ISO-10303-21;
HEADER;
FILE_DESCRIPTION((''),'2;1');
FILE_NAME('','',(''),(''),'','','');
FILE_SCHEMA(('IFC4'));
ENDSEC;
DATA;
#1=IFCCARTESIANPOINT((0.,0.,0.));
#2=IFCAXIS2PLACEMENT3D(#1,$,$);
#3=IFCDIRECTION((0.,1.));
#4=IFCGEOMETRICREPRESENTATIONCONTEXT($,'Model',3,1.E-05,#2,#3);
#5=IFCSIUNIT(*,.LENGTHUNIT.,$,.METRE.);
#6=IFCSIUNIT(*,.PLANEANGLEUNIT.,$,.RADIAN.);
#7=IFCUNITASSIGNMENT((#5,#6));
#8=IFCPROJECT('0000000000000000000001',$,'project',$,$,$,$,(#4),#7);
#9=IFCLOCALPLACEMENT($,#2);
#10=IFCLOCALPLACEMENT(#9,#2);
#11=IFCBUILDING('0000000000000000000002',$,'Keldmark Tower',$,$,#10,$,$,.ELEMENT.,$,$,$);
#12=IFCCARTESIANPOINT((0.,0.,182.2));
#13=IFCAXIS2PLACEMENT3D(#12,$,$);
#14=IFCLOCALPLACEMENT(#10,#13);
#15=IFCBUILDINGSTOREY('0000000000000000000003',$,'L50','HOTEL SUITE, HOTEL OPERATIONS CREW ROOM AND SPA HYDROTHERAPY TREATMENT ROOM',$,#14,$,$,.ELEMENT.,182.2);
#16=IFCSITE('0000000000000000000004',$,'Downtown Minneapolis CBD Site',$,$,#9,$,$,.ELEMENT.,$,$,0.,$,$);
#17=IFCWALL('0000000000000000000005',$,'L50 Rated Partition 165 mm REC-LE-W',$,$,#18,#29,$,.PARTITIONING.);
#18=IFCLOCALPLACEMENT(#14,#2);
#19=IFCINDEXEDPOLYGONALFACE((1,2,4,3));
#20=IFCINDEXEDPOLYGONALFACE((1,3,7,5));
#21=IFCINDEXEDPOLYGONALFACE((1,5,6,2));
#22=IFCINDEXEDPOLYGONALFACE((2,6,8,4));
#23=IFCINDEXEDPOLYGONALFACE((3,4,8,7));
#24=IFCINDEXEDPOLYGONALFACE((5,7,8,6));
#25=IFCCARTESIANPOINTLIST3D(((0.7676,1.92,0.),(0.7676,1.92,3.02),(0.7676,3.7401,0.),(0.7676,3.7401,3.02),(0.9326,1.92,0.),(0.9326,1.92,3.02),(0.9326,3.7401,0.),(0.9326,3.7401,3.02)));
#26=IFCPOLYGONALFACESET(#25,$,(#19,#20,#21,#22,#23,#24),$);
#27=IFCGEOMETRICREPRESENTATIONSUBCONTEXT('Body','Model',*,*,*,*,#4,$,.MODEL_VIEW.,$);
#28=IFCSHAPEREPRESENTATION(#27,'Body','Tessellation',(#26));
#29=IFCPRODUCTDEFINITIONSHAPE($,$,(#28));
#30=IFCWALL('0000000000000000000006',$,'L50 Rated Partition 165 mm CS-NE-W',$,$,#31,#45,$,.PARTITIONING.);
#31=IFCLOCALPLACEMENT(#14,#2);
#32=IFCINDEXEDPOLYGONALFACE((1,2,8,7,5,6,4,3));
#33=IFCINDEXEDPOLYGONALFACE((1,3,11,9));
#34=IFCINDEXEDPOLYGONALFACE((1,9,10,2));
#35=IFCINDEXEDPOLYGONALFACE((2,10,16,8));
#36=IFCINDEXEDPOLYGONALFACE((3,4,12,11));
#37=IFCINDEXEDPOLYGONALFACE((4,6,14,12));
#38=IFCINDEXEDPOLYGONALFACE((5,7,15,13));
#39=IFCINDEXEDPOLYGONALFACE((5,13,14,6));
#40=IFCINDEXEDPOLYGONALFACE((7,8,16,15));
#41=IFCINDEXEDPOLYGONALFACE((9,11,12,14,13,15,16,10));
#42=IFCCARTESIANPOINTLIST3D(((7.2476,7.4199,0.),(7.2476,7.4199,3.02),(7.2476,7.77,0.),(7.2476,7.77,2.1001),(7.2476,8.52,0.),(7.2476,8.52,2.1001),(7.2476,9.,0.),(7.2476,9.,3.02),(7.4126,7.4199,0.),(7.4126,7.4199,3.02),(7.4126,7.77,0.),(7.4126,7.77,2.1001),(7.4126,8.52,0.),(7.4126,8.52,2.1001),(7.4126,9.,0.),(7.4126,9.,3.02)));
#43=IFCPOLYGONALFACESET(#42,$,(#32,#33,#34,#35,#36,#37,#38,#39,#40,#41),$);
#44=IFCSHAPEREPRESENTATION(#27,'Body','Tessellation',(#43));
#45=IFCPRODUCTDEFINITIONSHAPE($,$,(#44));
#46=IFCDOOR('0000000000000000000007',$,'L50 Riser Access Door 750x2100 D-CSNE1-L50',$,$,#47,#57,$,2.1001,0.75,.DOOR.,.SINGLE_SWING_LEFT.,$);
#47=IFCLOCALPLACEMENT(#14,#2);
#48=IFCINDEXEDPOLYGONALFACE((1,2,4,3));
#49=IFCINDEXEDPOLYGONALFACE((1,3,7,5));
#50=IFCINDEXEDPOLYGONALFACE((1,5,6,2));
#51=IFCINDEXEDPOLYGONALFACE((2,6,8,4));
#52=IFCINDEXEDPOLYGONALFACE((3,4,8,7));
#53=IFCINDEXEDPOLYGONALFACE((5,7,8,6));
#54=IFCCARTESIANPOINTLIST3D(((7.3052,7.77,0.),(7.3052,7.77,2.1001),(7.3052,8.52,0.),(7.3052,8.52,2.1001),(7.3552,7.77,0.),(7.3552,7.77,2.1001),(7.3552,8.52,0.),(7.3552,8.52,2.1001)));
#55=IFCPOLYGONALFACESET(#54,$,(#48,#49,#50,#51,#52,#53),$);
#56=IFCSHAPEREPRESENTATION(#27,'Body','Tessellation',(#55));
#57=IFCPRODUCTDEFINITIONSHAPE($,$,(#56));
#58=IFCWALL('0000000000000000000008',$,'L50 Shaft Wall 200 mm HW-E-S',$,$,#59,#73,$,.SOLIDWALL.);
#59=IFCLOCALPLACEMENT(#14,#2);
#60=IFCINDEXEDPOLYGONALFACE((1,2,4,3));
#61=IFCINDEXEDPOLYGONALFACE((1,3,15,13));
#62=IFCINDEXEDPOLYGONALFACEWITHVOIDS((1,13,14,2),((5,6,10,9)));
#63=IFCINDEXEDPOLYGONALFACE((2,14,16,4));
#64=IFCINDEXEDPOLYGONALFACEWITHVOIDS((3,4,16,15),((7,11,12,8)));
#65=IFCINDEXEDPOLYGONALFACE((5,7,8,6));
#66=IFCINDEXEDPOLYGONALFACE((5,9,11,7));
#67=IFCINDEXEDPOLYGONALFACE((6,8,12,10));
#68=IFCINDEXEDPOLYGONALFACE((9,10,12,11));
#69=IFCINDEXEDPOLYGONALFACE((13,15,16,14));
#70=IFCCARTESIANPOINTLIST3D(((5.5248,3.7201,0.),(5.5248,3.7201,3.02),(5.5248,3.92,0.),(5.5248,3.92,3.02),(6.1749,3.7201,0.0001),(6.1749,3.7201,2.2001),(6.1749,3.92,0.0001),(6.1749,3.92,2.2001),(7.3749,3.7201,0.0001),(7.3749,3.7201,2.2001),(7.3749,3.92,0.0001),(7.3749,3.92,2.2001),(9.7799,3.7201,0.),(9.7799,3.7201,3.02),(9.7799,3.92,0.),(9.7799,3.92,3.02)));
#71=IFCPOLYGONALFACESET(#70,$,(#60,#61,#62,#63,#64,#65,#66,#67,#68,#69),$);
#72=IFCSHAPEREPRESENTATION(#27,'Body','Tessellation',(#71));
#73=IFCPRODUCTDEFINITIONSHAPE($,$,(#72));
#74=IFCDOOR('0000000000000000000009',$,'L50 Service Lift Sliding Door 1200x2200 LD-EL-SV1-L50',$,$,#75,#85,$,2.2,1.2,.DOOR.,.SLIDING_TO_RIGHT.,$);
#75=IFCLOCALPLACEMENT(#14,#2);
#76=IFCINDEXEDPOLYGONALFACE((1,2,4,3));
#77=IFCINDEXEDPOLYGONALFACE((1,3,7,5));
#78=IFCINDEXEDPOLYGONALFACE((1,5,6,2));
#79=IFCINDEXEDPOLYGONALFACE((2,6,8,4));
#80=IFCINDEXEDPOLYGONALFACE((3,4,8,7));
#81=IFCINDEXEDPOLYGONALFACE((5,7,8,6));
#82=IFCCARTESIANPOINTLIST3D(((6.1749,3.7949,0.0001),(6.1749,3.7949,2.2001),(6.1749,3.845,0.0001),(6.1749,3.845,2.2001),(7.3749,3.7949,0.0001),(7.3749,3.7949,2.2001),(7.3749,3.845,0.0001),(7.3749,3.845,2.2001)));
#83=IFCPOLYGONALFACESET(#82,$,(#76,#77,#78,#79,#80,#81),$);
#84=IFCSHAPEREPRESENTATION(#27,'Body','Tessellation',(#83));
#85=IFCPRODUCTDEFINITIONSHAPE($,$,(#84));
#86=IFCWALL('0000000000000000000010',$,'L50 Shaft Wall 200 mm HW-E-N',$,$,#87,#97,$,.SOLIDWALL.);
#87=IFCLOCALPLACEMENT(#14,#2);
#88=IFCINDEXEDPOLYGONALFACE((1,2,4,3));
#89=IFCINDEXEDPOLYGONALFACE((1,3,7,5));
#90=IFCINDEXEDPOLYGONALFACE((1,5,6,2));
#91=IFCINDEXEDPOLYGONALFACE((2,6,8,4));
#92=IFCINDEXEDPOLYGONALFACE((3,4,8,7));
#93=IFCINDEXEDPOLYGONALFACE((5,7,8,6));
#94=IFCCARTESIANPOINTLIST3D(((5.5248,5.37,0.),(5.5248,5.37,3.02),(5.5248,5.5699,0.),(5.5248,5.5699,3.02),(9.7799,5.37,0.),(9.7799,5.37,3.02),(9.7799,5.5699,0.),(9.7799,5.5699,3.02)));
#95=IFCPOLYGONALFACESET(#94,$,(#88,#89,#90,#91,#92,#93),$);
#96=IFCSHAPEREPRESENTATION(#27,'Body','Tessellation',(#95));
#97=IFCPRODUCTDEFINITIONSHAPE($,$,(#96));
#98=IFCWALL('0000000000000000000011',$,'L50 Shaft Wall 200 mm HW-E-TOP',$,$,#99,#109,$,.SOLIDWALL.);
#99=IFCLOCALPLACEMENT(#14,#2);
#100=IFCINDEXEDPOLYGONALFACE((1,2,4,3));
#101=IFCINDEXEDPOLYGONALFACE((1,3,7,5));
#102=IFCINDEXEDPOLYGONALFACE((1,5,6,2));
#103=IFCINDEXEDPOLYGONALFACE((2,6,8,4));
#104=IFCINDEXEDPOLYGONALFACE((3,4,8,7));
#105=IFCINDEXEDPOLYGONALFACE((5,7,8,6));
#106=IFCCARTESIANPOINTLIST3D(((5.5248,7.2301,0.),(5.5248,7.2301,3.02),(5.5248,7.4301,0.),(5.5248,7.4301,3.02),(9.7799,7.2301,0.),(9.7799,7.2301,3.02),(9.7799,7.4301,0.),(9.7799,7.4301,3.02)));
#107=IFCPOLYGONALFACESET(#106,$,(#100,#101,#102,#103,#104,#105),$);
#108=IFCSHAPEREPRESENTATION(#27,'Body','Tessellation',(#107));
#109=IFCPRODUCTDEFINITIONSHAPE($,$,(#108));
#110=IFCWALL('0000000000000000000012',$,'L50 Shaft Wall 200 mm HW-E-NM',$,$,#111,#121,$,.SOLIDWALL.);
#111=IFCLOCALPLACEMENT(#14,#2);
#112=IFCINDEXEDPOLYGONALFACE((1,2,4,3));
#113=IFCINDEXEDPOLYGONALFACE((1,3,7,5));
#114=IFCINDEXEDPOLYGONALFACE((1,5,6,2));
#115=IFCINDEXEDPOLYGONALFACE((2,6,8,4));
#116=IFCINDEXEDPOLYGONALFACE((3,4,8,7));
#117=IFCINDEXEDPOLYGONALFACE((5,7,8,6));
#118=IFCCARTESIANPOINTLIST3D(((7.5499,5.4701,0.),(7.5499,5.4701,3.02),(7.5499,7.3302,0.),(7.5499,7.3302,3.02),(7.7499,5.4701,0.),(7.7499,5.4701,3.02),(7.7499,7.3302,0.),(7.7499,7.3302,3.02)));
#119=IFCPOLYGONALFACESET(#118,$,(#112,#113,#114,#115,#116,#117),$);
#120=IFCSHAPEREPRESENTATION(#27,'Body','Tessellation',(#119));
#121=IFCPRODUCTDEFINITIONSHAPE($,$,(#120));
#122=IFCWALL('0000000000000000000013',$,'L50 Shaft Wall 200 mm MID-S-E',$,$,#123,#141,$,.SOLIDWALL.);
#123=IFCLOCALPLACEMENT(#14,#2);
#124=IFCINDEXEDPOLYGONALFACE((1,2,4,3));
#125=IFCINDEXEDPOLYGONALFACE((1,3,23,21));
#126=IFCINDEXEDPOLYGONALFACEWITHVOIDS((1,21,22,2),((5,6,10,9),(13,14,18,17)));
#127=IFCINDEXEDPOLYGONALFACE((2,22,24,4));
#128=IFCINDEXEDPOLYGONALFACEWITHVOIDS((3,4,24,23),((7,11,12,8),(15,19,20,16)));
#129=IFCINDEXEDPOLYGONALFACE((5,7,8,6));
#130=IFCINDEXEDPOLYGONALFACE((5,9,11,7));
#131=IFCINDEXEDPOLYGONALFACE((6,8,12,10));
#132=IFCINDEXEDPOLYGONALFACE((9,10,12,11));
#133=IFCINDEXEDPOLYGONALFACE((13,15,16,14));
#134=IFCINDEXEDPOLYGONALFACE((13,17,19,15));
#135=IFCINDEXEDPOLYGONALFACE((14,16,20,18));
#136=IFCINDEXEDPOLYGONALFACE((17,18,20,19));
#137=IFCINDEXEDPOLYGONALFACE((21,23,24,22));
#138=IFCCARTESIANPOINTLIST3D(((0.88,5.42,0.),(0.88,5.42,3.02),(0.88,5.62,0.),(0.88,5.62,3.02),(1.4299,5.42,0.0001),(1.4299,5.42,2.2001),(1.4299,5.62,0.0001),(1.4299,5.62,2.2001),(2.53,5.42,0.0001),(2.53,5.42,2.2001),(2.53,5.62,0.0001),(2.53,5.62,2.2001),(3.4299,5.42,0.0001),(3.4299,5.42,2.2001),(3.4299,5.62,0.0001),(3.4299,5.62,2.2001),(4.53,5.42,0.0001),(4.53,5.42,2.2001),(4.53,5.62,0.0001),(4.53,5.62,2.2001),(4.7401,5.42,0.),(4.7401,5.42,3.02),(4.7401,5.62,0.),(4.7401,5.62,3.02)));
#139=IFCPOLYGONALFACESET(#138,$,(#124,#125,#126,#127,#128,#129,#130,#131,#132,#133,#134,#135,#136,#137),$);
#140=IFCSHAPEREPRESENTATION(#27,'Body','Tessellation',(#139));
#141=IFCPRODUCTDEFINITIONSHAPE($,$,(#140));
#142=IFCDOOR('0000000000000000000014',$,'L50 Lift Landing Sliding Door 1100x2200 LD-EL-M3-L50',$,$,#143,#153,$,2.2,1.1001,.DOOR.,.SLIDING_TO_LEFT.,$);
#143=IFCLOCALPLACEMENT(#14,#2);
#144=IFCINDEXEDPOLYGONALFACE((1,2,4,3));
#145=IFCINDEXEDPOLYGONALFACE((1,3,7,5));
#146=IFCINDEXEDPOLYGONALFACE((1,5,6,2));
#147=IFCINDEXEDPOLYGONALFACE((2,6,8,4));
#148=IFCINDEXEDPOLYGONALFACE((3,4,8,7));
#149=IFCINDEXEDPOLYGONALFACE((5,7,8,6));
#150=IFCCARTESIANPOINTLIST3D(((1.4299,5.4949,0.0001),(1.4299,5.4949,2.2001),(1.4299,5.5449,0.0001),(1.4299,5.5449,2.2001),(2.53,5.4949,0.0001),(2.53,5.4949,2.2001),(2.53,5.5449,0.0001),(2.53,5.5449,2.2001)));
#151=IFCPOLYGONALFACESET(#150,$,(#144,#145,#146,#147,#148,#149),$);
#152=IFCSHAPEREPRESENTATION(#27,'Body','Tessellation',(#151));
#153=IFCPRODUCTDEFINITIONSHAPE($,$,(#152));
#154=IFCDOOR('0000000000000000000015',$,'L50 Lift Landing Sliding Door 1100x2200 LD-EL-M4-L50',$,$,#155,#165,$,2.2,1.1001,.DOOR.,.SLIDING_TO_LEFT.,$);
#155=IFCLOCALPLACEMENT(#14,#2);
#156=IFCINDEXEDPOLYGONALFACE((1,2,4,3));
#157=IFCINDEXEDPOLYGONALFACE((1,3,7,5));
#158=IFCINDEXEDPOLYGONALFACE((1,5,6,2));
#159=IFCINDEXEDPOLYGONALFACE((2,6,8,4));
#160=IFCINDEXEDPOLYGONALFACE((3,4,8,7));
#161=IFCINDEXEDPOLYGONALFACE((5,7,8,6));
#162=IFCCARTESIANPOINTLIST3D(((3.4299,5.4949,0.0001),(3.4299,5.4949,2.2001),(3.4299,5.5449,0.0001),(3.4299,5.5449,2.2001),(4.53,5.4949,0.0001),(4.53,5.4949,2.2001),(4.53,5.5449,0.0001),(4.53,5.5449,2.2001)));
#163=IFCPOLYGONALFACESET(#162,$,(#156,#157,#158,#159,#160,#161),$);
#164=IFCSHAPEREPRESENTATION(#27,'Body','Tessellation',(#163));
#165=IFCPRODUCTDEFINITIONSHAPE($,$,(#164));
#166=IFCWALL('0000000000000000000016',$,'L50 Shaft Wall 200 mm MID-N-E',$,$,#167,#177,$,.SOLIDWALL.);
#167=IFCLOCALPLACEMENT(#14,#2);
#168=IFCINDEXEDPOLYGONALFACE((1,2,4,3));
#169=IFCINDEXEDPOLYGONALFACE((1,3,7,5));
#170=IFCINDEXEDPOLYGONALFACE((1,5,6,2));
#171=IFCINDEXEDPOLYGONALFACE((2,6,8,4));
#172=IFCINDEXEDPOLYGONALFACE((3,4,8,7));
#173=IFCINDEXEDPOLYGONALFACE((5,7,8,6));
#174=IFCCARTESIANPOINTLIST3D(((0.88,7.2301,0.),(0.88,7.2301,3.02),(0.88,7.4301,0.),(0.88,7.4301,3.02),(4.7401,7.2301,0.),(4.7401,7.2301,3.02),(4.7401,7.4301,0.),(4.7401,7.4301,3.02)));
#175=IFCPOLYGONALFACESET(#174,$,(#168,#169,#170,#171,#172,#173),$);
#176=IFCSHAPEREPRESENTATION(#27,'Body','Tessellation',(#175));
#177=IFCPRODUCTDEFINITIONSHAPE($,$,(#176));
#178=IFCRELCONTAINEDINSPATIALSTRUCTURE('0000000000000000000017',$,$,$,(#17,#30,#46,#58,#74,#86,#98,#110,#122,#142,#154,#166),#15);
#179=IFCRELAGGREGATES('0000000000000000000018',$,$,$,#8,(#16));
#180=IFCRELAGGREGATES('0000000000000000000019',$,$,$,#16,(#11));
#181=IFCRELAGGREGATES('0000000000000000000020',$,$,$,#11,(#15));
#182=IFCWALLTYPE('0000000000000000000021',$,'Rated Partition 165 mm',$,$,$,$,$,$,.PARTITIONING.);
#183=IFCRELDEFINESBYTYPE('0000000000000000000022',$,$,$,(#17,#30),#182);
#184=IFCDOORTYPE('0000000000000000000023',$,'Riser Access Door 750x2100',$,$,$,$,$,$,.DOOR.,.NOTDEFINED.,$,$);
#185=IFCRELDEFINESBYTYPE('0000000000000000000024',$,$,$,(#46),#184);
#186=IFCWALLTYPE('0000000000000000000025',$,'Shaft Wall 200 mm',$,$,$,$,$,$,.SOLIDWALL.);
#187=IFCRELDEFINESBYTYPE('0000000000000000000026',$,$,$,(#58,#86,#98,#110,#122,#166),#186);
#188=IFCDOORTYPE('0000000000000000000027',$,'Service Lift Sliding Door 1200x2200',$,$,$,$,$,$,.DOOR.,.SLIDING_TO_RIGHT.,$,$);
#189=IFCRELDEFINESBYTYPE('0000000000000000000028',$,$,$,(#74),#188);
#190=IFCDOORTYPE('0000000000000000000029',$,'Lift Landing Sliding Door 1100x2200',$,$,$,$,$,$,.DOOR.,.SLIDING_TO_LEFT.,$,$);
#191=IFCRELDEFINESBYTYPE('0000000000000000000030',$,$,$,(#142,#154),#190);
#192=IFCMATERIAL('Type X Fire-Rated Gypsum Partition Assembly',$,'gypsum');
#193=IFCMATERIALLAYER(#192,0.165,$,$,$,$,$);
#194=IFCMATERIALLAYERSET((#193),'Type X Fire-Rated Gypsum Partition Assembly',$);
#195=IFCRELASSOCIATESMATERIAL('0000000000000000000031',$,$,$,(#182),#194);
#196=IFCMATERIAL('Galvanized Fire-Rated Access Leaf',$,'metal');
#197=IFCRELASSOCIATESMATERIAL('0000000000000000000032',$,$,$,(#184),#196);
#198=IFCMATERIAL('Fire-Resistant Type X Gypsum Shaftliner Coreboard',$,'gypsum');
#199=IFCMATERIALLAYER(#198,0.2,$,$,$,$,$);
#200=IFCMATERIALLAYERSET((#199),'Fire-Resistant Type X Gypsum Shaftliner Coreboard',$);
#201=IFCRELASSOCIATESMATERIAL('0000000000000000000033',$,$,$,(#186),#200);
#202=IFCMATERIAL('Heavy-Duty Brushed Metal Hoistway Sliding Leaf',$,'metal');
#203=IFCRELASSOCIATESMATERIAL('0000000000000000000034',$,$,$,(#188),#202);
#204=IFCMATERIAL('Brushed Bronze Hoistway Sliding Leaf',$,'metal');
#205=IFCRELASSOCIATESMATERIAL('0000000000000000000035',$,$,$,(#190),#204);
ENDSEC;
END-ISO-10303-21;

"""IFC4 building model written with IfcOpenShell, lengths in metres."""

from ifc_helpers import new_model, si_unit, direction, frame, frame_2d, origin, place, context, subcontext, project, spatial, rectangle, extrude, material, layer, layer_set, type_object, element, fill, save


model = new_model("IFC4")

# Units and contexts
model_context = context("Model", 3, precision=1e-05, world=origin(), true_north=direction((0.0, 1.0)))
body_context = subcontext(model_context, "Body", "Model", "MODEL_VIEW")
ifc_project = project(units=[si_unit("LENGTHUNIT", "METRE"), si_unit("PLANEANGLEUNIT", "RADIAN")], contexts=[model_context])

# Site, building, storey
site_placement = place(None, origin())
site = spatial("IfcSite", under=ifc_project, at=site_placement, Name="Downtown Minneapolis CBD Site", CompositionType="ELEMENT", RefElevation=0.0)
building_placement = place(site_placement, origin())
building = spatial("IfcBuilding", under=site, at=building_placement, Name="Keldmark Tower", CompositionType="ELEMENT")
storey_placement = place(building_placement, frame((0.0, 0.0, 182.2)))
storey = spatial("IfcBuildingStorey", under=building, at=storey_placement, Name="L50", Description="HOTEL SUITE, HOTEL OPERATIONS CREW ROOM AND SPA HYDROTHERAPY TREATMENT ROOM", CompositionType="ELEMENT", Elevation=182.2)

# Shared definitions
ifc_material_1 = material(Name="Type X Fire-Rated Gypsum Partition Assembly", Category="gypsum")
ifc_layer_1 = layer(ifc_material_1, 0.165)
ifc_layer_set_1 = layer_set([ifc_layer_1], Name="Type X Fire-Rated Gypsum Partition Assembly")
wall_type_1 = type_object("IfcWallType", Name="Rated Partition 165 mm", PredefinedType="PARTITIONING", material=ifc_layer_set_1)

# Wall
wall_1_placement = place(storey_placement, frame((0.8501, 1.9199, 0.0), z_axis=(0.0, 0.0, 1.0), x_axis=(0.0, 1.0, 0.0)))
element("IfcWall", 1, at=wall_1_placement, inside=storey, type_object=wall_type_1, Name="L50 Rated Partition 165 mm REC-LE-W", PredefinedType="PARTITIONING", context=body_context, shape_type="SweptSolid", body=[
    extrude(rectangle(XDim=1.8201, YDim=0.165, at=frame_2d((0.9102, 0.0))), origin(), (0.0, 0.0, 1.0), 3.02),
])

# Walls, openings, doors
wall_2_placement = place(storey_placement, frame((7.3301, 7.4199, 0.0), z_axis=(0.0, 0.0, 1.0), x_axis=(0.0, 1.0, 0.0)))
wall_2 = element("IfcWall", 2, at=wall_2_placement, inside=storey, type_object=wall_type_1, Name="L50 Rated Partition 165 mm CS-NE-W", PredefinedType="PARTITIONING", context=body_context, shape_type="SweptSolid", body=[
    extrude(rectangle(XDim=1.5801, YDim=0.165, at=frame_2d((0.79, 0.0))), origin(), (0.0, 0.0, 1.0), 3.02),
])
opening_1_placement = place(wall_2_placement, frame((0.3501, 0.0, 0.0)))
opening_1 = element("IfcOpeningElement", 3, at=opening_1_placement, cuts=wall_2, PredefinedType="OPENING", context=body_context, shape_type="SweptSolid", body=[
    extrude(rectangle(XDim=0.75, YDim=2.1001, at=frame_2d((0.375, 1.05))), frame((0.0, 0.0925, 0.0), z_axis=(0.0, -1.0, 0.0), x_axis=(1.0, 0.0, 0.0)), (0.0, 0.0, 1.0), 0.1851),
])
ifc_material_2 = material(Name="Galvanized Fire-Rated Access Leaf", Category="metal")
door_type_1 = type_object("IfcDoorType", Name="Riser Access Door 750x2100", OperationType="NOTDEFINED", PredefinedType="DOOR", material=ifc_material_2)
door_1_placement = place(opening_1_placement, origin())
door_1 = element("IfcDoor", 4, at=door_1_placement, inside=storey, type_object=door_type_1, Name="L50 Riser Access Door 750x2100 D-CSNE1-L50", OperationType="SINGLE_SWING_LEFT", OverallHeight=2.1001, OverallWidth=0.75, PredefinedType="DOOR", context=body_context, shape_type="SweptSolid", body=[
    extrude(rectangle(XDim=0.75, YDim=2.1001, at=frame_2d((0.375, 1.05))), frame((0.0, 0.0249, 0.0), z_axis=(0.0, -1.0, 0.0), x_axis=(1.0, 0.0, 0.0)), (0.0, 0.0, 1.0), 0.05),
])
fill(opening_1, door_1)
ifc_material_3 = material(Name="Fire-Resistant Type X Gypsum Shaftliner Coreboard", Category="gypsum")
ifc_layer_2 = layer(ifc_material_3, 0.2)
ifc_layer_set_2 = layer_set([ifc_layer_2], Name="Fire-Resistant Type X Gypsum Shaftliner Coreboard")
wall_type_2 = type_object("IfcWallType", Name="Shaft Wall 200 mm", PredefinedType="SOLIDWALL", material=ifc_layer_set_2)
wall_3_placement = place(storey_placement, frame((5.5249, 3.8201, 0.0), z_axis=(0.0, 0.0, 1.0), x_axis=(1.0, 0.0, 0.0)))
wall_3 = element("IfcWall", 5, at=wall_3_placement, inside=storey, type_object=wall_type_2, Name="L50 Shaft Wall 200 mm HW-E-S", PredefinedType="SOLIDWALL", context=body_context, shape_type="SweptSolid", body=[
    extrude(rectangle(XDim=4.2551, YDim=0.2, at=frame_2d((2.1274, 0.0))), origin(), (0.0, 0.0, 1.0), 3.02),
])
opening_2_placement = place(wall_3_placement, frame((0.6499, 0.0, 0.0)))
opening_2 = element("IfcOpeningElement", 6, at=opening_2_placement, cuts=wall_3, PredefinedType="OPENING", context=body_context, shape_type="SweptSolid", body=[
    extrude(rectangle(XDim=1.2, YDim=2.2, at=frame_2d((0.6001, 1.1001))), frame((0.0, 0.1099, 0.0), z_axis=(0.0, -1.0, 0.0), x_axis=(1.0, 0.0, 0.0)), (0.0, 0.0, 1.0), 0.22),
])
ifc_material_4 = material(Name="Heavy-Duty Brushed Metal Hoistway Sliding Leaf", Category="metal")
door_type_2 = type_object("IfcDoorType", Name="Service Lift Sliding Door 1200x2200", OperationType="SLIDING_TO_RIGHT", PredefinedType="DOOR", material=ifc_material_4)
door_2_placement = place(opening_2_placement, origin())
door_2 = element("IfcDoor", 7, at=door_2_placement, inside=storey, type_object=door_type_2, Name="L50 Service Lift Sliding Door 1200x2200 LD-EL-SV1-L50", OperationType="SLIDING_TO_RIGHT", OverallHeight=2.2, OverallWidth=1.2, PredefinedType="DOOR", context=body_context, shape_type="SweptSolid", body=[
    extrude(rectangle(XDim=1.2, YDim=2.2, at=frame_2d((0.6001, 1.1001))), frame((0.0, 0.0249, 0.0), z_axis=(0.0, -1.0, 0.0), x_axis=(1.0, 0.0, 0.0)), (0.0, 0.0, 1.0), 0.05),
])
fill(opening_2, door_2)

# Walls
for number, where, z_axis, x_axis, name in (
    (8, (5.5249, 5.47, 0.0), (0.0, 0.0, 1.0), (1.0, 0.0, 0.0), "L50 Shaft Wall 200 mm HW-E-N"),
    (9, (5.5249, 7.3301, 0.0), (0.0, 0.0, 1.0), (1.0, 0.0, 0.0), "L50 Shaft Wall 200 mm HW-E-TOP"),
):
    element("IfcWall", number, at=place(storey_placement, frame(where, z_axis=z_axis, x_axis=x_axis)), inside=storey, type_object=wall_type_2, Name=name, PredefinedType="SOLIDWALL", context=body_context, shape_type="SweptSolid", body=[
        extrude(rectangle(XDim=4.2551, YDim=0.2, at=frame_2d((2.1274, 0.0))), origin(), (0.0, 0.0, 1.0), 3.02),
    ])
wall_4_placement = place(storey_placement, frame((7.6499, 5.47, 0.0), z_axis=(0.0, 0.0, 1.0), x_axis=(0.0, 1.0, 0.0)))
element("IfcWall", 10, at=wall_4_placement, inside=storey, type_object=wall_type_2, Name="L50 Shaft Wall 200 mm HW-E-NM", PredefinedType="SOLIDWALL", context=body_context, shape_type="SweptSolid", body=[
    extrude(rectangle(XDim=1.8601, YDim=0.2, at=frame_2d((0.9302, 0.0))), origin(), (0.0, 0.0, 1.0), 3.02),
])

# Wall, openings, doors
wall_5_placement = place(storey_placement, frame((0.8799, 5.52, 0.0), z_axis=(0.0, 0.0, 1.0), x_axis=(1.0, 0.0, 0.0)))
wall_5 = element("IfcWall", 11, at=wall_5_placement, inside=storey, type_object=wall_type_2, Name="L50 Shaft Wall 200 mm MID-S-E", PredefinedType="SOLIDWALL", context=body_context, shape_type="SweptSolid", body=[
    extrude(rectangle(XDim=3.8601, YDim=0.2, at=frame_2d((1.9302, 0.0))), origin(), (0.0, 0.0, 1.0), 3.02),
])
opening_3_placement = place(wall_5_placement, frame((0.55, 0.0, 0.0)))
opening_3 = element("IfcOpeningElement", 12, at=opening_3_placement, cuts=wall_5, PredefinedType="OPENING", context=body_context, shape_type="SweptSolid", body=[
    extrude(rectangle(XDim=1.1001, YDim=2.2, at=frame_2d((0.55, 1.1001))), frame((0.0, 0.1099, 0.0), z_axis=(0.0, -1.0, 0.0), x_axis=(1.0, 0.0, 0.0)), (0.0, 0.0, 1.0), 0.22),
])
opening_4_placement = place(wall_5_placement, frame((2.55, 0.0, 0.0)))
opening_4 = element("IfcOpeningElement", 13, at=opening_4_placement, cuts=wall_5, PredefinedType="OPENING", context=body_context, shape_type="SweptSolid", body=[
    extrude(rectangle(XDim=1.1001, YDim=2.2, at=frame_2d((0.55, 1.1001))), frame((0.0, 0.1099, 0.0), z_axis=(0.0, -1.0, 0.0), x_axis=(1.0, 0.0, 0.0)), (0.0, 0.0, 1.0), 0.22),
])
ifc_material_5 = material(Name="Brushed Bronze Hoistway Sliding Leaf", Category="metal")
door_type_3 = type_object("IfcDoorType", Name="Lift Landing Sliding Door 1100x2200", OperationType="SLIDING_TO_LEFT", PredefinedType="DOOR", material=ifc_material_5)
door_3_placement = place(opening_3_placement, origin())
door_3 = element("IfcDoor", 14, at=door_3_placement, inside=storey, type_object=door_type_3, Name="L50 Lift Landing Sliding Door 1100x2200 LD-EL-M3-L50", OperationType="SLIDING_TO_LEFT", OverallHeight=2.2, OverallWidth=1.1001, PredefinedType="DOOR", context=body_context, shape_type="SweptSolid", body=[
    extrude(rectangle(XDim=1.1001, YDim=2.2, at=frame_2d((0.55, 1.1001))), frame((0.0, 0.0249, 0.0), z_axis=(0.0, -1.0, 0.0), x_axis=(1.0, 0.0, 0.0)), (0.0, 0.0, 1.0), 0.05),
])
fill(opening_3, door_3)
door_4_placement = place(opening_4_placement, origin())
door_4 = element("IfcDoor", 15, at=door_4_placement, inside=storey, type_object=door_type_3, Name="L50 Lift Landing Sliding Door 1100x2200 LD-EL-M4-L50", OperationType="SLIDING_TO_LEFT", OverallHeight=2.2, OverallWidth=1.1001, PredefinedType="DOOR", context=body_context, shape_type="SweptSolid", body=[
    extrude(rectangle(XDim=1.1001, YDim=2.2, at=frame_2d((0.55, 1.1001))), frame((0.0, 0.0249, 0.0), z_axis=(0.0, -1.0, 0.0), x_axis=(1.0, 0.0, 0.0)), (0.0, 0.0, 1.0), 0.05),
])
fill(opening_4, door_4)

# Wall
wall_6_placement = place(storey_placement, frame((0.8799, 7.3301, 0.0), z_axis=(0.0, 0.0, 1.0), x_axis=(1.0, 0.0, 0.0)))
element("IfcWall", 16, at=wall_6_placement, inside=storey, type_object=wall_type_2, Name="L50 Shaft Wall 200 mm MID-N-E", PredefinedType="SOLIDWALL", context=body_context, shape_type="SweptSolid", body=[
    extrude(rectangle(XDim=3.8601, YDim=0.2, at=frame_2d((1.9302, 0.0))), origin(), (0.0, 0.0, 1.0), 3.02),
])

save(model, "model.ifc")
